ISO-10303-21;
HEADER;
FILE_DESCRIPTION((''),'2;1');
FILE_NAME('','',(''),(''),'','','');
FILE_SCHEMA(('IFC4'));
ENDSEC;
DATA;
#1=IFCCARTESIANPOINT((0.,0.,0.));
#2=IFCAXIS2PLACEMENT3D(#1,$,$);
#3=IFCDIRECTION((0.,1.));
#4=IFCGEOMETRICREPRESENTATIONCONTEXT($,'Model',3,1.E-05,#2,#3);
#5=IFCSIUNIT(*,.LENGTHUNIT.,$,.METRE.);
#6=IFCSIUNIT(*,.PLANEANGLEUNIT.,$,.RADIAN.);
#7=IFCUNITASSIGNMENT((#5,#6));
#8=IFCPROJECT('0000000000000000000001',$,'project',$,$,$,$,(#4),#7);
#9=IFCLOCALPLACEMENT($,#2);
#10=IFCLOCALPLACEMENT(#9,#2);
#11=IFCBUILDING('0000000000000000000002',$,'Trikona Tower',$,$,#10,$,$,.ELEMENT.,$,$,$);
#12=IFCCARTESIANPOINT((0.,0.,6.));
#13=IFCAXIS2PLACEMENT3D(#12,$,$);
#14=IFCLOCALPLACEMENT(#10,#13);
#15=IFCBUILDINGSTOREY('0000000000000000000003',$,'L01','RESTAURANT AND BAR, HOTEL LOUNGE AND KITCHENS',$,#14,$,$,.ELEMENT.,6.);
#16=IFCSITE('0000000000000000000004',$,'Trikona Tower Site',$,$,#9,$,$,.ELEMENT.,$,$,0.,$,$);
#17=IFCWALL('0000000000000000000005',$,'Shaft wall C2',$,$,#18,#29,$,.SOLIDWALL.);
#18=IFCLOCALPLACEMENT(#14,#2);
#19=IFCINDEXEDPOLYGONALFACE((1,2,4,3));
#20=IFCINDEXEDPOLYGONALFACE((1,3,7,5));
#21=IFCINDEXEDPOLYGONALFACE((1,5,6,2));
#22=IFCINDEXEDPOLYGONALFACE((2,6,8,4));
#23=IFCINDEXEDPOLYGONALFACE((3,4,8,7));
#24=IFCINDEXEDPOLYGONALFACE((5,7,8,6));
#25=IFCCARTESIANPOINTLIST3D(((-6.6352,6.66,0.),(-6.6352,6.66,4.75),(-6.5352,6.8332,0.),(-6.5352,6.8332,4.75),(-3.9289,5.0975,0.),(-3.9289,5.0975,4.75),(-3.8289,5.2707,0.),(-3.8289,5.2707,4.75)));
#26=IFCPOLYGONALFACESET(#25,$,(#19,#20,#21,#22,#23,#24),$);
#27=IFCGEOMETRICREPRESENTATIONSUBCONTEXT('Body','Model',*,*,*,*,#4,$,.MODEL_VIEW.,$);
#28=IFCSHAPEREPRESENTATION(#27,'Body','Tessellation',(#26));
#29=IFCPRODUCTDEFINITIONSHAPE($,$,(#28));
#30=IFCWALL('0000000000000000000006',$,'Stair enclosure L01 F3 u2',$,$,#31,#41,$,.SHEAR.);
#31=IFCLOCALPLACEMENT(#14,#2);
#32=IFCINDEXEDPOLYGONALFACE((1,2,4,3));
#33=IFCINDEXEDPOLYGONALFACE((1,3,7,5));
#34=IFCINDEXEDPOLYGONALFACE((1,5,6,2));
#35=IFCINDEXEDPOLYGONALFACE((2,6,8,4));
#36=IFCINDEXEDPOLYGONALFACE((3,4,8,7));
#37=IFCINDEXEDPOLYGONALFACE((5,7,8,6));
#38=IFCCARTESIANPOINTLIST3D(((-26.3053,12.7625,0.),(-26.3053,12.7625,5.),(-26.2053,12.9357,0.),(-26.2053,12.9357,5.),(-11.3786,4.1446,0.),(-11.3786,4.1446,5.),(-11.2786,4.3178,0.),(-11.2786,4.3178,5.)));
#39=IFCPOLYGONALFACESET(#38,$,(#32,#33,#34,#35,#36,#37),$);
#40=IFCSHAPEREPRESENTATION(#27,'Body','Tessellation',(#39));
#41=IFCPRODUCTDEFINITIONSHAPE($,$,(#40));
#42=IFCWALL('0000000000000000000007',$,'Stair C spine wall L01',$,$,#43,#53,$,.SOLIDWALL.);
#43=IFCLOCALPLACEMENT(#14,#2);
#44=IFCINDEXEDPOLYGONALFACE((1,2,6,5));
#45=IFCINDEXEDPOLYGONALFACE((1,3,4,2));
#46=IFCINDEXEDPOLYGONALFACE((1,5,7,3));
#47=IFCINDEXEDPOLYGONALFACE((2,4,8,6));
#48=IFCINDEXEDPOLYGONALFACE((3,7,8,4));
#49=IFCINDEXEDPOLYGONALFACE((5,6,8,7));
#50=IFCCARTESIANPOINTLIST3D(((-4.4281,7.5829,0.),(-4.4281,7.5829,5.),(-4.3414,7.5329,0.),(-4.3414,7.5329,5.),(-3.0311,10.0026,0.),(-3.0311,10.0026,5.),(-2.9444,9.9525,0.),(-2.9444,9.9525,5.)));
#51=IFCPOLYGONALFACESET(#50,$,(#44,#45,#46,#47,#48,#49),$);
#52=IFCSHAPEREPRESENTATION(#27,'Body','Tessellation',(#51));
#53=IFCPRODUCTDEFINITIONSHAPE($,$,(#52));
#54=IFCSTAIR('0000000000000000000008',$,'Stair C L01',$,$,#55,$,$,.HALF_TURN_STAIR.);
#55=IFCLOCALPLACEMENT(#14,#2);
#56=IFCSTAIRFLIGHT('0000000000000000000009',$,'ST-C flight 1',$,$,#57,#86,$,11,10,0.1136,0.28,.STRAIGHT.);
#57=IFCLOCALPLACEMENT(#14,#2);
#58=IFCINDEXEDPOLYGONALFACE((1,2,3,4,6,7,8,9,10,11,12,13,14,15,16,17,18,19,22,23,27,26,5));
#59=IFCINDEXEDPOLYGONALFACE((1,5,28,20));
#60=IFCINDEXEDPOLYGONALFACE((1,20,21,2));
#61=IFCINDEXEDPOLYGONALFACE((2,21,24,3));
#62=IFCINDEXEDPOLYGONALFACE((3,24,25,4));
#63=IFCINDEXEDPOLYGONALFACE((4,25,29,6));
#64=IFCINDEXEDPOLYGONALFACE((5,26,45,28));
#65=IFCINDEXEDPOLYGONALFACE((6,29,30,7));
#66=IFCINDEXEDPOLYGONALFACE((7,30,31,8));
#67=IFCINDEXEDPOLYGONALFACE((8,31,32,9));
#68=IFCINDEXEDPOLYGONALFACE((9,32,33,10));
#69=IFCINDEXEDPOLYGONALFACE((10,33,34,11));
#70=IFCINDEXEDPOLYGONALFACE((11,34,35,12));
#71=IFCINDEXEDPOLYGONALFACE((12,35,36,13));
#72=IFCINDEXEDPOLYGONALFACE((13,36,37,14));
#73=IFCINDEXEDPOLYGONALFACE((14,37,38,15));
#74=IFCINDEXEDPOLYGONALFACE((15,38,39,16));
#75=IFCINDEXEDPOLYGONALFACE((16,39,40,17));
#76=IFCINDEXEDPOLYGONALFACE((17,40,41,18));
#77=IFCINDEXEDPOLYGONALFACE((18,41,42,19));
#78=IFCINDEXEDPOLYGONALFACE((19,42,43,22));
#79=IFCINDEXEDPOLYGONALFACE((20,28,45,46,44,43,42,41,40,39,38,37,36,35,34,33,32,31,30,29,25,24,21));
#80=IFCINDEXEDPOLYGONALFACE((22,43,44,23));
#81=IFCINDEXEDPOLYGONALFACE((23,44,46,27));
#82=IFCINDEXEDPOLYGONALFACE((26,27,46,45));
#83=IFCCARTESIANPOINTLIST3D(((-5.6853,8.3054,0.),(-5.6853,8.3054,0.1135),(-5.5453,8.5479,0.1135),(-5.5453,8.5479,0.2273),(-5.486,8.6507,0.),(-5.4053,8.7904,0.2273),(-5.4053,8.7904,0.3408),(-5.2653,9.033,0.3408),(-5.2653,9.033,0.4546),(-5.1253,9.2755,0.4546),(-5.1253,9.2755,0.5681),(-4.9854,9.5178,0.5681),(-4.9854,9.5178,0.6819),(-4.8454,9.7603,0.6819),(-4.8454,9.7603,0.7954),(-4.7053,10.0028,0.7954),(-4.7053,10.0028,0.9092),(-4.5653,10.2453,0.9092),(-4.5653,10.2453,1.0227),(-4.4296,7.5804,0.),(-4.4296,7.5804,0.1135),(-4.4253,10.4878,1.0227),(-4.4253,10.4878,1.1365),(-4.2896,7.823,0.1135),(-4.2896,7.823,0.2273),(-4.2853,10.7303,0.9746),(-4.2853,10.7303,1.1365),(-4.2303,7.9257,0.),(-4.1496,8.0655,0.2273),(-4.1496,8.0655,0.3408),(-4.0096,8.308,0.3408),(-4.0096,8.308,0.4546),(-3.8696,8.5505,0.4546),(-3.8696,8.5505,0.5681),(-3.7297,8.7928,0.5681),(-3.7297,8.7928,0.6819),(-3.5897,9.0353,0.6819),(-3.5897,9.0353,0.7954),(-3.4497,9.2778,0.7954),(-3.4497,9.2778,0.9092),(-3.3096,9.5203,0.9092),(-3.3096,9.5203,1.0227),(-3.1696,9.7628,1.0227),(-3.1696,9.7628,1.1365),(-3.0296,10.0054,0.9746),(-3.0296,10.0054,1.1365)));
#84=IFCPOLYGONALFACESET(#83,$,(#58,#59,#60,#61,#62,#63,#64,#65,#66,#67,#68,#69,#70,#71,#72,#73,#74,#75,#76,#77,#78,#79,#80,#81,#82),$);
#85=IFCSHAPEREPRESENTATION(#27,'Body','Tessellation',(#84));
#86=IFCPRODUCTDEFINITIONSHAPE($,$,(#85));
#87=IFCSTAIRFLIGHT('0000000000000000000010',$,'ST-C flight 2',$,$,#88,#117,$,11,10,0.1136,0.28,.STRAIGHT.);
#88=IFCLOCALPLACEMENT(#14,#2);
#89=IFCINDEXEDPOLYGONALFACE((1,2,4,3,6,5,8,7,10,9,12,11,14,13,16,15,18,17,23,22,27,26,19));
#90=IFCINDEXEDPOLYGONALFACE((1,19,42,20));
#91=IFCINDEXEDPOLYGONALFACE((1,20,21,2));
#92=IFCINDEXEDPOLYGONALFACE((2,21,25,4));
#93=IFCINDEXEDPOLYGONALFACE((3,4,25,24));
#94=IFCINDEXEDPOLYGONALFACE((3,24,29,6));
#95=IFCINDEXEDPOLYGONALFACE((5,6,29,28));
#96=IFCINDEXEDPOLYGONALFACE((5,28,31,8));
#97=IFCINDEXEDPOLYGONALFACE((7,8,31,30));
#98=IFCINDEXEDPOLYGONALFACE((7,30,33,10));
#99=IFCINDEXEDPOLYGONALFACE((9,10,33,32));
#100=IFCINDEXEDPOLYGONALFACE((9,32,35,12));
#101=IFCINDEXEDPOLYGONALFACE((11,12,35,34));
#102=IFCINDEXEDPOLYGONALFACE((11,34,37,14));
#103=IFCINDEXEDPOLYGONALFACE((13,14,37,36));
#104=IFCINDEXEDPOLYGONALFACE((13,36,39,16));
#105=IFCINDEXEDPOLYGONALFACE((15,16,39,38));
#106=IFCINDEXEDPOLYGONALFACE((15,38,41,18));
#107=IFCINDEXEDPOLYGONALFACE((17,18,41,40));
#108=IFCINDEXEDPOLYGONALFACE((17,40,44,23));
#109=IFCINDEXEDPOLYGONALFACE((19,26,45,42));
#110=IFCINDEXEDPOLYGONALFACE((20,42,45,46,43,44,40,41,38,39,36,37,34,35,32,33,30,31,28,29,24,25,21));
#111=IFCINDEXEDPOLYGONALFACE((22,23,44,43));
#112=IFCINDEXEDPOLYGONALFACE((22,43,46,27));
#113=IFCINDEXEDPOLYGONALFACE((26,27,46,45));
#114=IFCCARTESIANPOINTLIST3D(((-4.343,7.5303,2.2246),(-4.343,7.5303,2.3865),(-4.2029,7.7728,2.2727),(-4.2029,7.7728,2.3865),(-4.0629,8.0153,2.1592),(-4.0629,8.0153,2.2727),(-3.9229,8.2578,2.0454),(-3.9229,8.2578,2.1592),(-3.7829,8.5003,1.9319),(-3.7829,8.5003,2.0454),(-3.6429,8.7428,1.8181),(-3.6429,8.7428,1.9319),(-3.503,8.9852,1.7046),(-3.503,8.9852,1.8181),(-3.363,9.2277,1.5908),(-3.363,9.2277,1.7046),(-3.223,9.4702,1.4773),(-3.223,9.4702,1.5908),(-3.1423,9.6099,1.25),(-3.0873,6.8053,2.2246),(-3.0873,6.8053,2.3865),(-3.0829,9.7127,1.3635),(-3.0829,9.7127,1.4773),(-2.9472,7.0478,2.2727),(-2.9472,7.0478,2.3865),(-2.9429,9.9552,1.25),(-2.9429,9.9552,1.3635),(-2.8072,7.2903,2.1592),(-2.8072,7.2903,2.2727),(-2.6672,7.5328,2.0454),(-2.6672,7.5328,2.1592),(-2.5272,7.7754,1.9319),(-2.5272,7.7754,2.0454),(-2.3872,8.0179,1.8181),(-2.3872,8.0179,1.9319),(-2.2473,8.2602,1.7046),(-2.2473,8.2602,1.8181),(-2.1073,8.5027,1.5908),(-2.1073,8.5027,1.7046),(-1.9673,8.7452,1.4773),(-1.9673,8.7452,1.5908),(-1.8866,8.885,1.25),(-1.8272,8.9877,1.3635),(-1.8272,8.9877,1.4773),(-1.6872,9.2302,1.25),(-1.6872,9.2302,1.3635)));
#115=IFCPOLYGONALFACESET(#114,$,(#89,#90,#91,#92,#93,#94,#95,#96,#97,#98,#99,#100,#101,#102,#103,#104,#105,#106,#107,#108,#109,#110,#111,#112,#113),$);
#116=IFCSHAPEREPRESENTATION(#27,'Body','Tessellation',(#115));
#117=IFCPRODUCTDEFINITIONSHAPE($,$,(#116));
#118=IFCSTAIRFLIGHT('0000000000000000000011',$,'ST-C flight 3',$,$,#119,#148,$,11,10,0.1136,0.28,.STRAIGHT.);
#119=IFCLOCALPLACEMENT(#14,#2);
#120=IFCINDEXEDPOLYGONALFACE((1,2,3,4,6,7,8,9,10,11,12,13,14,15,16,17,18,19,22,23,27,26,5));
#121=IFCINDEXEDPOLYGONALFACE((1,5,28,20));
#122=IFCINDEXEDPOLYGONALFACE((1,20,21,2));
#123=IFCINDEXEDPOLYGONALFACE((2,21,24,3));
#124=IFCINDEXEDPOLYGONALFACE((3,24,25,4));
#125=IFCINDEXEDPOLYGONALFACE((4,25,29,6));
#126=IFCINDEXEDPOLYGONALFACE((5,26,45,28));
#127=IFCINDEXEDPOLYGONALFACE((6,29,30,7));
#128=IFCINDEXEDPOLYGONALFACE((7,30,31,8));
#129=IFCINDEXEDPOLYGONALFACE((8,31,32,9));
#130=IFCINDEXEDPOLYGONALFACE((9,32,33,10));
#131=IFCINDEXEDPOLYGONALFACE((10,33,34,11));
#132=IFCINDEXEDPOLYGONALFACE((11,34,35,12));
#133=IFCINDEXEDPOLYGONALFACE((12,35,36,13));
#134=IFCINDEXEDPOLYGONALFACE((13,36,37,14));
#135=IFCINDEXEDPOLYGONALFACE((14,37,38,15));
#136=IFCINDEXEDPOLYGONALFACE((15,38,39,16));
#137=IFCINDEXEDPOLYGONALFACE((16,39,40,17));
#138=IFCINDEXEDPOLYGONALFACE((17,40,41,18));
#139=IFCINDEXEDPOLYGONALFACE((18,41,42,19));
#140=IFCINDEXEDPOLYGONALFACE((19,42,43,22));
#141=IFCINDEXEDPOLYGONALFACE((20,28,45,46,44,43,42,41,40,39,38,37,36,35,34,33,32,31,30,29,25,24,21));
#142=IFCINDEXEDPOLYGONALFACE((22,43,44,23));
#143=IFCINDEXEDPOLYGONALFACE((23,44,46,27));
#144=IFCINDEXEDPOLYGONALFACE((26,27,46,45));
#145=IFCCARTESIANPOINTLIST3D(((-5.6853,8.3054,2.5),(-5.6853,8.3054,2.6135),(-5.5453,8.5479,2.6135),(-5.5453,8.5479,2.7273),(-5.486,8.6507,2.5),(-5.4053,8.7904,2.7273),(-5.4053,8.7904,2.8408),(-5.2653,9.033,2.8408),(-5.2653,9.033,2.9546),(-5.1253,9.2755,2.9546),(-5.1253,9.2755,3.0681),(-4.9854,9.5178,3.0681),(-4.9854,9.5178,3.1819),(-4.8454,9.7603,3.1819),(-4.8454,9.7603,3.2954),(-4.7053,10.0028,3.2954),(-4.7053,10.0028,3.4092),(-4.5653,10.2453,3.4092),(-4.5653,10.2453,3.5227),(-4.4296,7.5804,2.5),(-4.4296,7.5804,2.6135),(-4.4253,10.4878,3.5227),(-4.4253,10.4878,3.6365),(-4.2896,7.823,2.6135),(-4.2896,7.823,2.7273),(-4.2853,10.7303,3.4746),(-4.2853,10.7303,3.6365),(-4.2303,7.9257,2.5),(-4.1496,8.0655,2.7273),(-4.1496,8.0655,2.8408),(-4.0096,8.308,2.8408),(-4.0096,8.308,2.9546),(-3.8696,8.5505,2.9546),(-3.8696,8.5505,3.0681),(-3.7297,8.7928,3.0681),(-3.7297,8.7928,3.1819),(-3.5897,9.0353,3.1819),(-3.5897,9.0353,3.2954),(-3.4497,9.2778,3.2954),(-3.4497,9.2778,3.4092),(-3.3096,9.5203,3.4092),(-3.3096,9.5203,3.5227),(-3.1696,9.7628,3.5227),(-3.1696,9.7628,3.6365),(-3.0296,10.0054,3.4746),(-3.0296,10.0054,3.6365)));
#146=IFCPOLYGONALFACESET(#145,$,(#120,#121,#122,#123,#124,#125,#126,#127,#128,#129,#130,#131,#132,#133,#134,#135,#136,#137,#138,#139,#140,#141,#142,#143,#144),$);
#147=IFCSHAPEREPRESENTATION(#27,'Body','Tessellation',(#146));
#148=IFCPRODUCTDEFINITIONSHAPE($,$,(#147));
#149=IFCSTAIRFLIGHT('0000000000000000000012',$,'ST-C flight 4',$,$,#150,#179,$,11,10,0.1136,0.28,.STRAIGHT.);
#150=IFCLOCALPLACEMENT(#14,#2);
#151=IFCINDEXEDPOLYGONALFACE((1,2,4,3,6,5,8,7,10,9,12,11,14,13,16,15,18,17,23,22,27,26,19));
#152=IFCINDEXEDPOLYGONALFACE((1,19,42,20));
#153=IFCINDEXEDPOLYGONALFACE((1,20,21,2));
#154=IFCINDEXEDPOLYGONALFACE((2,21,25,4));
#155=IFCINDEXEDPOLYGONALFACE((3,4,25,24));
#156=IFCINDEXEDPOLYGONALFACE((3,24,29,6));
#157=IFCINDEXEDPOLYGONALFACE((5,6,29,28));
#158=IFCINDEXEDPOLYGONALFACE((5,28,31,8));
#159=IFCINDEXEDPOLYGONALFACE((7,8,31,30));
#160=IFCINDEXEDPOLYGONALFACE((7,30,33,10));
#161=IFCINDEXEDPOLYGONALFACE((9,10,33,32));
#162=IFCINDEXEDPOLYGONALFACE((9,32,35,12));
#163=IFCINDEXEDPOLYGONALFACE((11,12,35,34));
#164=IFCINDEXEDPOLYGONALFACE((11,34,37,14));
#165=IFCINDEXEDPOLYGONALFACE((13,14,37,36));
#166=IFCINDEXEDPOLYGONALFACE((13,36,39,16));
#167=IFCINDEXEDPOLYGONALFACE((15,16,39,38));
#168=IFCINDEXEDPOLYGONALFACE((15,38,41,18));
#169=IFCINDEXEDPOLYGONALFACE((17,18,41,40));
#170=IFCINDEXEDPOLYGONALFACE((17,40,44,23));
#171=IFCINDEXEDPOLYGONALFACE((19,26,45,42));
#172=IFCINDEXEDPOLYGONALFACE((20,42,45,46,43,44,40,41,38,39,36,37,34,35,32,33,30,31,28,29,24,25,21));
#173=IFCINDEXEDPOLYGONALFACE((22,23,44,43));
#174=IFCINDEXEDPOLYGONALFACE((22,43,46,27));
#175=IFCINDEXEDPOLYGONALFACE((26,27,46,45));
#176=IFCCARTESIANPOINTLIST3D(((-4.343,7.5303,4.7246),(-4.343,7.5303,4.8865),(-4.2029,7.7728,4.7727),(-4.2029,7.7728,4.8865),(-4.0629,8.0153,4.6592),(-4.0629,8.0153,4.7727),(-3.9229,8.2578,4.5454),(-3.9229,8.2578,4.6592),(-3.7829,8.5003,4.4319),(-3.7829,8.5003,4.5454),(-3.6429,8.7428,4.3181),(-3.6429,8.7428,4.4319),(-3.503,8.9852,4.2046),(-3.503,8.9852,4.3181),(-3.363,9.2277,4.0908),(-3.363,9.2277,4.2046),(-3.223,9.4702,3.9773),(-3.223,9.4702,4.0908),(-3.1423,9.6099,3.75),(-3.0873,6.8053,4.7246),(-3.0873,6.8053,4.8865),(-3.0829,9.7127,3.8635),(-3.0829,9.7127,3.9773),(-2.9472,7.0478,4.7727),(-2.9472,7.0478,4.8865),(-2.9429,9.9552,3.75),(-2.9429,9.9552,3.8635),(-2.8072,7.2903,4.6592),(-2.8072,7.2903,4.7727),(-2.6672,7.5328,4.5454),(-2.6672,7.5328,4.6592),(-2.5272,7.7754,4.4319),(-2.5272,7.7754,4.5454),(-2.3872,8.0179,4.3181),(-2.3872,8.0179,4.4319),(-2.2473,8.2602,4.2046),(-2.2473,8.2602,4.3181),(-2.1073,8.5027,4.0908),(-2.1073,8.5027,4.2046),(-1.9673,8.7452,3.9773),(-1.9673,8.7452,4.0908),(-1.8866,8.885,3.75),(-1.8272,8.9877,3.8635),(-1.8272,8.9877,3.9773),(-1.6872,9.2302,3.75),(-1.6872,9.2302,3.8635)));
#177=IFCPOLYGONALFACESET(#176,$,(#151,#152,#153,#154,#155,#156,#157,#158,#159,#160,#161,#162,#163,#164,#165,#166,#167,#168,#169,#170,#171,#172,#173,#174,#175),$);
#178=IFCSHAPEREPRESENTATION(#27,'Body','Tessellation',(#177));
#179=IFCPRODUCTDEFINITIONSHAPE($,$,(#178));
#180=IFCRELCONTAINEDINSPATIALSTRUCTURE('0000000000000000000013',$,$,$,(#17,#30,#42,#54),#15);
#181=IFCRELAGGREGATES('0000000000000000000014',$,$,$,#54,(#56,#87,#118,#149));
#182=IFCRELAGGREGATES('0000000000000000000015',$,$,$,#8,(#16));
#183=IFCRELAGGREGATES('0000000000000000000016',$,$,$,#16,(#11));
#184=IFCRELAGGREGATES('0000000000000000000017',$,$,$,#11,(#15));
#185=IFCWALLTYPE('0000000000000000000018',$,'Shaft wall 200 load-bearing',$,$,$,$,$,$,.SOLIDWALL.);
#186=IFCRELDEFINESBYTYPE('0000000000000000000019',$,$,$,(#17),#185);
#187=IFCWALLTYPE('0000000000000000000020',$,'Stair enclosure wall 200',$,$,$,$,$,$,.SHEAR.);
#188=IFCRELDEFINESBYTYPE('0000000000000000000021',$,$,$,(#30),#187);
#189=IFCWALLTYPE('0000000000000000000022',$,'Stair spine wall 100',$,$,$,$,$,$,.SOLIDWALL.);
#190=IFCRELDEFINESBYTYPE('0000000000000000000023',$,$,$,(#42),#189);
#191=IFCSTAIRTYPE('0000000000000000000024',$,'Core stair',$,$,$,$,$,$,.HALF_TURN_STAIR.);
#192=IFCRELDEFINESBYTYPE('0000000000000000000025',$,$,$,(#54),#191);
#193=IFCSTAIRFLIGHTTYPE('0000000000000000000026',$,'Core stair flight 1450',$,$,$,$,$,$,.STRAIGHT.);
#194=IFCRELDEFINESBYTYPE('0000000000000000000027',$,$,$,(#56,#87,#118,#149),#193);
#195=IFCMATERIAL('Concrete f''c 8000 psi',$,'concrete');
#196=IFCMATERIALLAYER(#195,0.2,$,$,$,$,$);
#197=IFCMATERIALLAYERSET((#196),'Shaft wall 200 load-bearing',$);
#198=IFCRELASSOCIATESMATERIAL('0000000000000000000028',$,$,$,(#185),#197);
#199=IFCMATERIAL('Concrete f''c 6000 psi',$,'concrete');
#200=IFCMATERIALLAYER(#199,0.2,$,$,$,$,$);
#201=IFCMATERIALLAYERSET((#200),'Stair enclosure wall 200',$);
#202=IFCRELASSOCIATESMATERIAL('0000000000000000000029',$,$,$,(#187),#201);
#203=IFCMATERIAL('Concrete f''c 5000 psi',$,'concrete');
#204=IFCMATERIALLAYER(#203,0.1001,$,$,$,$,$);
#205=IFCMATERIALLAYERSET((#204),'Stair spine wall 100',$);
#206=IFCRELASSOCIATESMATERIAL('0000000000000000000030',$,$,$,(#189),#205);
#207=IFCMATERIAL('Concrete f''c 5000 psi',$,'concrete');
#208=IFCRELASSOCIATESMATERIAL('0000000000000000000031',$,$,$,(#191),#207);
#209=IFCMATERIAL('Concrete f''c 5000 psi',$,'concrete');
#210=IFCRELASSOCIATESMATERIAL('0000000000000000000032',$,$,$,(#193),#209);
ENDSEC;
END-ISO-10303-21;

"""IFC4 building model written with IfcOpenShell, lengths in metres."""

from ifc_helpers import new_model, si_unit, direction, frame, frame_2d, origin, place, context, subcontext, project, spatial, polyline, rectangle, outline, extrude, material, layer, layer_set, type_object, element, aggregate, save


model = new_model("IFC4")

# Units and contexts
model_context = context("Model", 3, precision=1e-05, world=origin(), true_north=direction((0.0, 1.0)))
body_context = subcontext(model_context, "Body", "Model", "MODEL_VIEW")
ifc_project = project(units=[si_unit("LENGTHUNIT", "METRE"), si_unit("PLANEANGLEUNIT", "RADIAN")], contexts=[model_context])

# Site, building, storey
site_placement = place(None, origin())
site = spatial("IfcSite", under=ifc_project, at=site_placement, Name="Trikona Tower Site", CompositionType="ELEMENT", RefElevation=0.0)
building_placement = place(site_placement, origin())
building = spatial("IfcBuilding", under=site, at=building_placement, Name="Trikona Tower", CompositionType="ELEMENT")
storey_placement = place(building_placement, frame((0.0, 0.0, 6.0)))
storey = spatial("IfcBuildingStorey", under=building, at=storey_placement, Name="L01", Description="RESTAURANT AND BAR, HOTEL LOUNGE AND KITCHENS", CompositionType="ELEMENT", Elevation=6.0)

# Walls
ifc_material_1 = material(Name="Concrete f'c 8000 psi", Category="concrete")
ifc_layer_1 = layer(ifc_material_1, 0.2)
ifc_layer_set_1 = layer_set([ifc_layer_1], Name="Shaft wall 200 load-bearing")
wall_type_1 = type_object("IfcWallType", Name="Shaft wall 200 load-bearing", PredefinedType="SOLIDWALL", material=ifc_layer_set_1)
for number, where, z_axis, x_axis, name in (
    (1, (-3.8789, 5.1841, 0.0), (0.0, 0.0, 1.0), (-0.866023, 0.500004, 0.0), "Shaft wall C2"),
):
    element("IfcWall", number, at=place(storey_placement, frame(where, z_axis=z_axis, x_axis=x_axis)), inside=storey, type_object=wall_type_1, Name=name, PredefinedType="SOLIDWALL", context=body_context, shape_type="SweptSolid", body=[
        extrude(rectangle(XDim=3.125, YDim=0.2, at=frame_2d((1.5625, 0.0))), origin(), (0.0, 0.0, 1.0), 4.75),
    ])
ifc_material_2 = material(Name="Concrete f'c 6000 psi", Category="concrete")
ifc_layer_2 = layer(ifc_material_2, 0.2)
ifc_layer_set_2 = layer_set([ifc_layer_2], Name="Stair enclosure wall 200")
wall_type_2 = type_object("IfcWallType", Name="Stair enclosure wall 200", PredefinedType="SHEAR", material=ifc_layer_set_2)
wall_1_placement = place(storey_placement, frame((-11.3286, 4.2312, 0.0), z_axis=(0.0, 0.0, 1.0), x_axis=(-0.866027, 0.499998, 0.0)))
element("IfcWall", 2, at=wall_1_placement, inside=storey, type_object=wall_type_2, Name="Stair enclosure L01 F3 u2", PredefinedType="SHEAR", context=body_context, shape_type="SweptSolid", body=[
    extrude(rectangle(XDim=17.2358, YDim=0.2, at=frame_2d((8.6179, 0.0))), origin(), (0.0, 0.0, 1.0), 5.0),
])
ifc_material_3 = material(Name="Concrete f'c 5000 psi", Category="concrete")
ifc_layer_3 = layer(ifc_material_3, 0.1001)
ifc_layer_set_3 = layer_set([ifc_layer_3], Name="Stair spine wall 100")
wall_type_3 = type_object("IfcWallType", Name="Stair spine wall 100", PredefinedType="SOLIDWALL", material=ifc_layer_set_3)
wall_2_placement = place(storey_placement, frame((-2.9878, 9.9775, 0.0), z_axis=(0.0, 0.0, 1.0), x_axis=(-0.499992, -0.86603, 0.0)))
element("IfcWall", 3, at=wall_2_placement, inside=storey, type_object=wall_type_3, Name="Stair C spine wall L01", PredefinedType="SOLIDWALL", context=body_context, shape_type="SweptSolid", body=[
    extrude(rectangle(XDim=2.7939, YDim=0.1001, at=frame_2d((1.397, 0.0))), origin(), (0.0, 0.0, 1.0), 5.0),
])

# Stair, stair flights
ifc_material_4 = material(Name="Concrete f'c 5000 psi", Category="concrete")
stair_type = type_object("IfcStairType", Name="Core stair", PredefinedType="HALF_TURN_STAIR", material=ifc_material_4)
stair_placement = place(storey_placement, origin())
stair = element("IfcStair", 4, at=stair_placement, inside=storey, type_object=stair_type, Name="Stair C L01", PredefinedType="HALF_TURN_STAIR")
ifc_material_5 = material(Name="Concrete f'c 5000 psi", Category="concrete")
stair_flight_type = type_object("IfcStairFlightType", Name="Core stair flight 1450", PredefinedType="STRAIGHT", material=ifc_material_5)
stair_flight_1_placement = place(storey_placement, frame((-5.0574, 7.9429, 0.0), z_axis=(0.0, 0.0, 1.0), x_axis=(0.5, 0.866025, 0.0)))
stair_flight_1 = element("IfcStairFlight", 5, at=stair_flight_1_placement, type_object=stair_flight_type, Name="ST-C flight 1", NumberOfRisers=11, NumberOfTreads=10, PredefinedType="STRAIGHT", RiserHeight=0.1136, TreadLength=0.28, context=body_context, shape_type="SweptSolid", body=[
    extrude(outline(polyline([(0.0, 0.0), (0.0, 0.1135), (0.28, 0.1135), (0.28, 0.2273), (0.5601, 0.2273), (0.5601, 0.3408), (0.8401, 0.3408), (0.8401, 0.4546), (1.1201, 0.4546), (1.1201, 0.5681), (1.3999, 0.5681), (1.3999, 0.6819), (1.6799, 0.6819), (1.6799, 0.7954), (1.96, 0.7954), (1.96, 0.9092), (2.24, 0.9092), (2.24, 1.0227), (2.52, 1.0227), (2.52, 1.1365), (2.8, 1.1365), (2.8, 1.25), (2.8, 0.9746), (0.3987, 0.0), (0.0, 0.0)])), frame((0.0, 0.7251, 0.0), z_axis=(0.0, -1.0, 0.0), x_axis=(1.0, 0.0, 0.0)), (0.0, 0.0, 1.0), 1.45),
])
stair_flight_2_placement = place(storey_placement, frame((-2.3152, 9.5928, 1.25), z_axis=(0.0, 0.0, 1.0), x_axis=(-0.5, -0.866025, 0.0)))
stair_flight_2 = element("IfcStairFlight", 6, at=stair_flight_2_placement, type_object=stair_flight_type, Name="ST-C flight 2", NumberOfRisers=11, NumberOfTreads=10, PredefinedType="STRAIGHT", RiserHeight=0.1136, TreadLength=0.28, context=body_context, shape_type="SweptSolid", body=[
    extrude(outline(polyline([(0.0, 0.0), (0.0, 0.1135), (0.28, 0.1135), (0.28, 0.2273), (0.5601, 0.2273), (0.5601, 0.3408), (0.8401, 0.3408), (0.8401, 0.4546), (1.1201, 0.4546), (1.1201, 0.5681), (1.3999, 0.5681), (1.3999, 0.6819), (1.6799, 0.6819), (1.6799, 0.7954), (1.96, 0.7954), (1.96, 0.9092), (2.24, 0.9092), (2.24, 1.0227), (2.52, 1.0227), (2.52, 1.1365), (2.8, 1.1365), (2.8, 1.25), (2.8, 0.9746), (0.3987, 0.0), (0.0, 0.0)])), frame((0.0, 0.7251, 0.0), z_axis=(0.0, -1.0, 0.0), x_axis=(1.0, 0.0, 0.0)), (0.0, 0.0, 1.0), 1.45),
])
stair_flight_3_placement = place(storey_placement, frame((-5.0574, 7.9429, 2.5), z_axis=(0.0, 0.0, 1.0), x_axis=(0.5, 0.866025, 0.0)))
stair_flight_3 = element("IfcStairFlight", 7, at=stair_flight_3_placement, type_object=stair_flight_type, Name="ST-C flight 3", NumberOfRisers=11, NumberOfTreads=10, PredefinedType="STRAIGHT", RiserHeight=0.1136, TreadLength=0.28, context=body_context, shape_type="SweptSolid", body=[
    extrude(outline(polyline([(0.0, 0.0), (0.0, 0.1135), (0.28, 0.1135), (0.28, 0.2273), (0.5601, 0.2273), (0.5601, 0.3408), (0.8401, 0.3408), (0.8401, 0.4546), (1.1201, 0.4546), (1.1201, 0.5681), (1.3999, 0.5681), (1.3999, 0.6819), (1.6799, 0.6819), (1.6799, 0.7954), (1.96, 0.7954), (1.96, 0.9092), (2.24, 0.9092), (2.24, 1.0227), (2.52, 1.0227), (2.52, 1.1365), (2.8, 1.1365), (2.8, 1.25), (2.8, 0.9746), (0.3987, 0.0), (0.0, 0.0)])), frame((0.0, 0.7251, 0.0), z_axis=(0.0, -1.0, 0.0), x_axis=(1.0, 0.0, 0.0)), (0.0, 0.0, 1.0), 1.45),
])
stair_flight_4_placement = place(storey_placement, frame((-2.3152, 9.5928, 3.75), z_axis=(0.0, 0.0, 1.0), x_axis=(-0.5, -0.866025, 0.0)))
stair_flight_4 = element("IfcStairFlight", 8, at=stair_flight_4_placement, type_object=stair_flight_type, Name="ST-C flight 4", NumberOfRisers=11, NumberOfTreads=10, PredefinedType="STRAIGHT", RiserHeight=0.1136, TreadLength=0.28, context=body_context, shape_type="SweptSolid", body=[
    extrude(outline(polyline([(0.0, 0.0), (0.0, 0.1135), (0.28, 0.1135), (0.28, 0.2273), (0.5601, 0.2273), (0.5601, 0.3408), (0.8401, 0.3408), (0.8401, 0.4546), (1.1201, 0.4546), (1.1201, 0.5681), (1.3999, 0.5681), (1.3999, 0.6819), (1.6799, 0.6819), (1.6799, 0.7954), (1.96, 0.7954), (1.96, 0.9092), (2.24, 0.9092), (2.24, 1.0227), (2.52, 1.0227), (2.52, 1.1365), (2.8, 1.1365), (2.8, 1.25), (2.8, 0.9746), (0.3987, 0.0), (0.0, 0.0)])), frame((0.0, 0.7251, 0.0), z_axis=(0.0, -1.0, 0.0), x_axis=(1.0, 0.0, 0.0)), (0.0, 0.0, 1.0), 1.45),
])
aggregate(stair, [stair_flight_1, stair_flight_2, stair_flight_3, stair_flight_4])

save(model, "model.ifc")
